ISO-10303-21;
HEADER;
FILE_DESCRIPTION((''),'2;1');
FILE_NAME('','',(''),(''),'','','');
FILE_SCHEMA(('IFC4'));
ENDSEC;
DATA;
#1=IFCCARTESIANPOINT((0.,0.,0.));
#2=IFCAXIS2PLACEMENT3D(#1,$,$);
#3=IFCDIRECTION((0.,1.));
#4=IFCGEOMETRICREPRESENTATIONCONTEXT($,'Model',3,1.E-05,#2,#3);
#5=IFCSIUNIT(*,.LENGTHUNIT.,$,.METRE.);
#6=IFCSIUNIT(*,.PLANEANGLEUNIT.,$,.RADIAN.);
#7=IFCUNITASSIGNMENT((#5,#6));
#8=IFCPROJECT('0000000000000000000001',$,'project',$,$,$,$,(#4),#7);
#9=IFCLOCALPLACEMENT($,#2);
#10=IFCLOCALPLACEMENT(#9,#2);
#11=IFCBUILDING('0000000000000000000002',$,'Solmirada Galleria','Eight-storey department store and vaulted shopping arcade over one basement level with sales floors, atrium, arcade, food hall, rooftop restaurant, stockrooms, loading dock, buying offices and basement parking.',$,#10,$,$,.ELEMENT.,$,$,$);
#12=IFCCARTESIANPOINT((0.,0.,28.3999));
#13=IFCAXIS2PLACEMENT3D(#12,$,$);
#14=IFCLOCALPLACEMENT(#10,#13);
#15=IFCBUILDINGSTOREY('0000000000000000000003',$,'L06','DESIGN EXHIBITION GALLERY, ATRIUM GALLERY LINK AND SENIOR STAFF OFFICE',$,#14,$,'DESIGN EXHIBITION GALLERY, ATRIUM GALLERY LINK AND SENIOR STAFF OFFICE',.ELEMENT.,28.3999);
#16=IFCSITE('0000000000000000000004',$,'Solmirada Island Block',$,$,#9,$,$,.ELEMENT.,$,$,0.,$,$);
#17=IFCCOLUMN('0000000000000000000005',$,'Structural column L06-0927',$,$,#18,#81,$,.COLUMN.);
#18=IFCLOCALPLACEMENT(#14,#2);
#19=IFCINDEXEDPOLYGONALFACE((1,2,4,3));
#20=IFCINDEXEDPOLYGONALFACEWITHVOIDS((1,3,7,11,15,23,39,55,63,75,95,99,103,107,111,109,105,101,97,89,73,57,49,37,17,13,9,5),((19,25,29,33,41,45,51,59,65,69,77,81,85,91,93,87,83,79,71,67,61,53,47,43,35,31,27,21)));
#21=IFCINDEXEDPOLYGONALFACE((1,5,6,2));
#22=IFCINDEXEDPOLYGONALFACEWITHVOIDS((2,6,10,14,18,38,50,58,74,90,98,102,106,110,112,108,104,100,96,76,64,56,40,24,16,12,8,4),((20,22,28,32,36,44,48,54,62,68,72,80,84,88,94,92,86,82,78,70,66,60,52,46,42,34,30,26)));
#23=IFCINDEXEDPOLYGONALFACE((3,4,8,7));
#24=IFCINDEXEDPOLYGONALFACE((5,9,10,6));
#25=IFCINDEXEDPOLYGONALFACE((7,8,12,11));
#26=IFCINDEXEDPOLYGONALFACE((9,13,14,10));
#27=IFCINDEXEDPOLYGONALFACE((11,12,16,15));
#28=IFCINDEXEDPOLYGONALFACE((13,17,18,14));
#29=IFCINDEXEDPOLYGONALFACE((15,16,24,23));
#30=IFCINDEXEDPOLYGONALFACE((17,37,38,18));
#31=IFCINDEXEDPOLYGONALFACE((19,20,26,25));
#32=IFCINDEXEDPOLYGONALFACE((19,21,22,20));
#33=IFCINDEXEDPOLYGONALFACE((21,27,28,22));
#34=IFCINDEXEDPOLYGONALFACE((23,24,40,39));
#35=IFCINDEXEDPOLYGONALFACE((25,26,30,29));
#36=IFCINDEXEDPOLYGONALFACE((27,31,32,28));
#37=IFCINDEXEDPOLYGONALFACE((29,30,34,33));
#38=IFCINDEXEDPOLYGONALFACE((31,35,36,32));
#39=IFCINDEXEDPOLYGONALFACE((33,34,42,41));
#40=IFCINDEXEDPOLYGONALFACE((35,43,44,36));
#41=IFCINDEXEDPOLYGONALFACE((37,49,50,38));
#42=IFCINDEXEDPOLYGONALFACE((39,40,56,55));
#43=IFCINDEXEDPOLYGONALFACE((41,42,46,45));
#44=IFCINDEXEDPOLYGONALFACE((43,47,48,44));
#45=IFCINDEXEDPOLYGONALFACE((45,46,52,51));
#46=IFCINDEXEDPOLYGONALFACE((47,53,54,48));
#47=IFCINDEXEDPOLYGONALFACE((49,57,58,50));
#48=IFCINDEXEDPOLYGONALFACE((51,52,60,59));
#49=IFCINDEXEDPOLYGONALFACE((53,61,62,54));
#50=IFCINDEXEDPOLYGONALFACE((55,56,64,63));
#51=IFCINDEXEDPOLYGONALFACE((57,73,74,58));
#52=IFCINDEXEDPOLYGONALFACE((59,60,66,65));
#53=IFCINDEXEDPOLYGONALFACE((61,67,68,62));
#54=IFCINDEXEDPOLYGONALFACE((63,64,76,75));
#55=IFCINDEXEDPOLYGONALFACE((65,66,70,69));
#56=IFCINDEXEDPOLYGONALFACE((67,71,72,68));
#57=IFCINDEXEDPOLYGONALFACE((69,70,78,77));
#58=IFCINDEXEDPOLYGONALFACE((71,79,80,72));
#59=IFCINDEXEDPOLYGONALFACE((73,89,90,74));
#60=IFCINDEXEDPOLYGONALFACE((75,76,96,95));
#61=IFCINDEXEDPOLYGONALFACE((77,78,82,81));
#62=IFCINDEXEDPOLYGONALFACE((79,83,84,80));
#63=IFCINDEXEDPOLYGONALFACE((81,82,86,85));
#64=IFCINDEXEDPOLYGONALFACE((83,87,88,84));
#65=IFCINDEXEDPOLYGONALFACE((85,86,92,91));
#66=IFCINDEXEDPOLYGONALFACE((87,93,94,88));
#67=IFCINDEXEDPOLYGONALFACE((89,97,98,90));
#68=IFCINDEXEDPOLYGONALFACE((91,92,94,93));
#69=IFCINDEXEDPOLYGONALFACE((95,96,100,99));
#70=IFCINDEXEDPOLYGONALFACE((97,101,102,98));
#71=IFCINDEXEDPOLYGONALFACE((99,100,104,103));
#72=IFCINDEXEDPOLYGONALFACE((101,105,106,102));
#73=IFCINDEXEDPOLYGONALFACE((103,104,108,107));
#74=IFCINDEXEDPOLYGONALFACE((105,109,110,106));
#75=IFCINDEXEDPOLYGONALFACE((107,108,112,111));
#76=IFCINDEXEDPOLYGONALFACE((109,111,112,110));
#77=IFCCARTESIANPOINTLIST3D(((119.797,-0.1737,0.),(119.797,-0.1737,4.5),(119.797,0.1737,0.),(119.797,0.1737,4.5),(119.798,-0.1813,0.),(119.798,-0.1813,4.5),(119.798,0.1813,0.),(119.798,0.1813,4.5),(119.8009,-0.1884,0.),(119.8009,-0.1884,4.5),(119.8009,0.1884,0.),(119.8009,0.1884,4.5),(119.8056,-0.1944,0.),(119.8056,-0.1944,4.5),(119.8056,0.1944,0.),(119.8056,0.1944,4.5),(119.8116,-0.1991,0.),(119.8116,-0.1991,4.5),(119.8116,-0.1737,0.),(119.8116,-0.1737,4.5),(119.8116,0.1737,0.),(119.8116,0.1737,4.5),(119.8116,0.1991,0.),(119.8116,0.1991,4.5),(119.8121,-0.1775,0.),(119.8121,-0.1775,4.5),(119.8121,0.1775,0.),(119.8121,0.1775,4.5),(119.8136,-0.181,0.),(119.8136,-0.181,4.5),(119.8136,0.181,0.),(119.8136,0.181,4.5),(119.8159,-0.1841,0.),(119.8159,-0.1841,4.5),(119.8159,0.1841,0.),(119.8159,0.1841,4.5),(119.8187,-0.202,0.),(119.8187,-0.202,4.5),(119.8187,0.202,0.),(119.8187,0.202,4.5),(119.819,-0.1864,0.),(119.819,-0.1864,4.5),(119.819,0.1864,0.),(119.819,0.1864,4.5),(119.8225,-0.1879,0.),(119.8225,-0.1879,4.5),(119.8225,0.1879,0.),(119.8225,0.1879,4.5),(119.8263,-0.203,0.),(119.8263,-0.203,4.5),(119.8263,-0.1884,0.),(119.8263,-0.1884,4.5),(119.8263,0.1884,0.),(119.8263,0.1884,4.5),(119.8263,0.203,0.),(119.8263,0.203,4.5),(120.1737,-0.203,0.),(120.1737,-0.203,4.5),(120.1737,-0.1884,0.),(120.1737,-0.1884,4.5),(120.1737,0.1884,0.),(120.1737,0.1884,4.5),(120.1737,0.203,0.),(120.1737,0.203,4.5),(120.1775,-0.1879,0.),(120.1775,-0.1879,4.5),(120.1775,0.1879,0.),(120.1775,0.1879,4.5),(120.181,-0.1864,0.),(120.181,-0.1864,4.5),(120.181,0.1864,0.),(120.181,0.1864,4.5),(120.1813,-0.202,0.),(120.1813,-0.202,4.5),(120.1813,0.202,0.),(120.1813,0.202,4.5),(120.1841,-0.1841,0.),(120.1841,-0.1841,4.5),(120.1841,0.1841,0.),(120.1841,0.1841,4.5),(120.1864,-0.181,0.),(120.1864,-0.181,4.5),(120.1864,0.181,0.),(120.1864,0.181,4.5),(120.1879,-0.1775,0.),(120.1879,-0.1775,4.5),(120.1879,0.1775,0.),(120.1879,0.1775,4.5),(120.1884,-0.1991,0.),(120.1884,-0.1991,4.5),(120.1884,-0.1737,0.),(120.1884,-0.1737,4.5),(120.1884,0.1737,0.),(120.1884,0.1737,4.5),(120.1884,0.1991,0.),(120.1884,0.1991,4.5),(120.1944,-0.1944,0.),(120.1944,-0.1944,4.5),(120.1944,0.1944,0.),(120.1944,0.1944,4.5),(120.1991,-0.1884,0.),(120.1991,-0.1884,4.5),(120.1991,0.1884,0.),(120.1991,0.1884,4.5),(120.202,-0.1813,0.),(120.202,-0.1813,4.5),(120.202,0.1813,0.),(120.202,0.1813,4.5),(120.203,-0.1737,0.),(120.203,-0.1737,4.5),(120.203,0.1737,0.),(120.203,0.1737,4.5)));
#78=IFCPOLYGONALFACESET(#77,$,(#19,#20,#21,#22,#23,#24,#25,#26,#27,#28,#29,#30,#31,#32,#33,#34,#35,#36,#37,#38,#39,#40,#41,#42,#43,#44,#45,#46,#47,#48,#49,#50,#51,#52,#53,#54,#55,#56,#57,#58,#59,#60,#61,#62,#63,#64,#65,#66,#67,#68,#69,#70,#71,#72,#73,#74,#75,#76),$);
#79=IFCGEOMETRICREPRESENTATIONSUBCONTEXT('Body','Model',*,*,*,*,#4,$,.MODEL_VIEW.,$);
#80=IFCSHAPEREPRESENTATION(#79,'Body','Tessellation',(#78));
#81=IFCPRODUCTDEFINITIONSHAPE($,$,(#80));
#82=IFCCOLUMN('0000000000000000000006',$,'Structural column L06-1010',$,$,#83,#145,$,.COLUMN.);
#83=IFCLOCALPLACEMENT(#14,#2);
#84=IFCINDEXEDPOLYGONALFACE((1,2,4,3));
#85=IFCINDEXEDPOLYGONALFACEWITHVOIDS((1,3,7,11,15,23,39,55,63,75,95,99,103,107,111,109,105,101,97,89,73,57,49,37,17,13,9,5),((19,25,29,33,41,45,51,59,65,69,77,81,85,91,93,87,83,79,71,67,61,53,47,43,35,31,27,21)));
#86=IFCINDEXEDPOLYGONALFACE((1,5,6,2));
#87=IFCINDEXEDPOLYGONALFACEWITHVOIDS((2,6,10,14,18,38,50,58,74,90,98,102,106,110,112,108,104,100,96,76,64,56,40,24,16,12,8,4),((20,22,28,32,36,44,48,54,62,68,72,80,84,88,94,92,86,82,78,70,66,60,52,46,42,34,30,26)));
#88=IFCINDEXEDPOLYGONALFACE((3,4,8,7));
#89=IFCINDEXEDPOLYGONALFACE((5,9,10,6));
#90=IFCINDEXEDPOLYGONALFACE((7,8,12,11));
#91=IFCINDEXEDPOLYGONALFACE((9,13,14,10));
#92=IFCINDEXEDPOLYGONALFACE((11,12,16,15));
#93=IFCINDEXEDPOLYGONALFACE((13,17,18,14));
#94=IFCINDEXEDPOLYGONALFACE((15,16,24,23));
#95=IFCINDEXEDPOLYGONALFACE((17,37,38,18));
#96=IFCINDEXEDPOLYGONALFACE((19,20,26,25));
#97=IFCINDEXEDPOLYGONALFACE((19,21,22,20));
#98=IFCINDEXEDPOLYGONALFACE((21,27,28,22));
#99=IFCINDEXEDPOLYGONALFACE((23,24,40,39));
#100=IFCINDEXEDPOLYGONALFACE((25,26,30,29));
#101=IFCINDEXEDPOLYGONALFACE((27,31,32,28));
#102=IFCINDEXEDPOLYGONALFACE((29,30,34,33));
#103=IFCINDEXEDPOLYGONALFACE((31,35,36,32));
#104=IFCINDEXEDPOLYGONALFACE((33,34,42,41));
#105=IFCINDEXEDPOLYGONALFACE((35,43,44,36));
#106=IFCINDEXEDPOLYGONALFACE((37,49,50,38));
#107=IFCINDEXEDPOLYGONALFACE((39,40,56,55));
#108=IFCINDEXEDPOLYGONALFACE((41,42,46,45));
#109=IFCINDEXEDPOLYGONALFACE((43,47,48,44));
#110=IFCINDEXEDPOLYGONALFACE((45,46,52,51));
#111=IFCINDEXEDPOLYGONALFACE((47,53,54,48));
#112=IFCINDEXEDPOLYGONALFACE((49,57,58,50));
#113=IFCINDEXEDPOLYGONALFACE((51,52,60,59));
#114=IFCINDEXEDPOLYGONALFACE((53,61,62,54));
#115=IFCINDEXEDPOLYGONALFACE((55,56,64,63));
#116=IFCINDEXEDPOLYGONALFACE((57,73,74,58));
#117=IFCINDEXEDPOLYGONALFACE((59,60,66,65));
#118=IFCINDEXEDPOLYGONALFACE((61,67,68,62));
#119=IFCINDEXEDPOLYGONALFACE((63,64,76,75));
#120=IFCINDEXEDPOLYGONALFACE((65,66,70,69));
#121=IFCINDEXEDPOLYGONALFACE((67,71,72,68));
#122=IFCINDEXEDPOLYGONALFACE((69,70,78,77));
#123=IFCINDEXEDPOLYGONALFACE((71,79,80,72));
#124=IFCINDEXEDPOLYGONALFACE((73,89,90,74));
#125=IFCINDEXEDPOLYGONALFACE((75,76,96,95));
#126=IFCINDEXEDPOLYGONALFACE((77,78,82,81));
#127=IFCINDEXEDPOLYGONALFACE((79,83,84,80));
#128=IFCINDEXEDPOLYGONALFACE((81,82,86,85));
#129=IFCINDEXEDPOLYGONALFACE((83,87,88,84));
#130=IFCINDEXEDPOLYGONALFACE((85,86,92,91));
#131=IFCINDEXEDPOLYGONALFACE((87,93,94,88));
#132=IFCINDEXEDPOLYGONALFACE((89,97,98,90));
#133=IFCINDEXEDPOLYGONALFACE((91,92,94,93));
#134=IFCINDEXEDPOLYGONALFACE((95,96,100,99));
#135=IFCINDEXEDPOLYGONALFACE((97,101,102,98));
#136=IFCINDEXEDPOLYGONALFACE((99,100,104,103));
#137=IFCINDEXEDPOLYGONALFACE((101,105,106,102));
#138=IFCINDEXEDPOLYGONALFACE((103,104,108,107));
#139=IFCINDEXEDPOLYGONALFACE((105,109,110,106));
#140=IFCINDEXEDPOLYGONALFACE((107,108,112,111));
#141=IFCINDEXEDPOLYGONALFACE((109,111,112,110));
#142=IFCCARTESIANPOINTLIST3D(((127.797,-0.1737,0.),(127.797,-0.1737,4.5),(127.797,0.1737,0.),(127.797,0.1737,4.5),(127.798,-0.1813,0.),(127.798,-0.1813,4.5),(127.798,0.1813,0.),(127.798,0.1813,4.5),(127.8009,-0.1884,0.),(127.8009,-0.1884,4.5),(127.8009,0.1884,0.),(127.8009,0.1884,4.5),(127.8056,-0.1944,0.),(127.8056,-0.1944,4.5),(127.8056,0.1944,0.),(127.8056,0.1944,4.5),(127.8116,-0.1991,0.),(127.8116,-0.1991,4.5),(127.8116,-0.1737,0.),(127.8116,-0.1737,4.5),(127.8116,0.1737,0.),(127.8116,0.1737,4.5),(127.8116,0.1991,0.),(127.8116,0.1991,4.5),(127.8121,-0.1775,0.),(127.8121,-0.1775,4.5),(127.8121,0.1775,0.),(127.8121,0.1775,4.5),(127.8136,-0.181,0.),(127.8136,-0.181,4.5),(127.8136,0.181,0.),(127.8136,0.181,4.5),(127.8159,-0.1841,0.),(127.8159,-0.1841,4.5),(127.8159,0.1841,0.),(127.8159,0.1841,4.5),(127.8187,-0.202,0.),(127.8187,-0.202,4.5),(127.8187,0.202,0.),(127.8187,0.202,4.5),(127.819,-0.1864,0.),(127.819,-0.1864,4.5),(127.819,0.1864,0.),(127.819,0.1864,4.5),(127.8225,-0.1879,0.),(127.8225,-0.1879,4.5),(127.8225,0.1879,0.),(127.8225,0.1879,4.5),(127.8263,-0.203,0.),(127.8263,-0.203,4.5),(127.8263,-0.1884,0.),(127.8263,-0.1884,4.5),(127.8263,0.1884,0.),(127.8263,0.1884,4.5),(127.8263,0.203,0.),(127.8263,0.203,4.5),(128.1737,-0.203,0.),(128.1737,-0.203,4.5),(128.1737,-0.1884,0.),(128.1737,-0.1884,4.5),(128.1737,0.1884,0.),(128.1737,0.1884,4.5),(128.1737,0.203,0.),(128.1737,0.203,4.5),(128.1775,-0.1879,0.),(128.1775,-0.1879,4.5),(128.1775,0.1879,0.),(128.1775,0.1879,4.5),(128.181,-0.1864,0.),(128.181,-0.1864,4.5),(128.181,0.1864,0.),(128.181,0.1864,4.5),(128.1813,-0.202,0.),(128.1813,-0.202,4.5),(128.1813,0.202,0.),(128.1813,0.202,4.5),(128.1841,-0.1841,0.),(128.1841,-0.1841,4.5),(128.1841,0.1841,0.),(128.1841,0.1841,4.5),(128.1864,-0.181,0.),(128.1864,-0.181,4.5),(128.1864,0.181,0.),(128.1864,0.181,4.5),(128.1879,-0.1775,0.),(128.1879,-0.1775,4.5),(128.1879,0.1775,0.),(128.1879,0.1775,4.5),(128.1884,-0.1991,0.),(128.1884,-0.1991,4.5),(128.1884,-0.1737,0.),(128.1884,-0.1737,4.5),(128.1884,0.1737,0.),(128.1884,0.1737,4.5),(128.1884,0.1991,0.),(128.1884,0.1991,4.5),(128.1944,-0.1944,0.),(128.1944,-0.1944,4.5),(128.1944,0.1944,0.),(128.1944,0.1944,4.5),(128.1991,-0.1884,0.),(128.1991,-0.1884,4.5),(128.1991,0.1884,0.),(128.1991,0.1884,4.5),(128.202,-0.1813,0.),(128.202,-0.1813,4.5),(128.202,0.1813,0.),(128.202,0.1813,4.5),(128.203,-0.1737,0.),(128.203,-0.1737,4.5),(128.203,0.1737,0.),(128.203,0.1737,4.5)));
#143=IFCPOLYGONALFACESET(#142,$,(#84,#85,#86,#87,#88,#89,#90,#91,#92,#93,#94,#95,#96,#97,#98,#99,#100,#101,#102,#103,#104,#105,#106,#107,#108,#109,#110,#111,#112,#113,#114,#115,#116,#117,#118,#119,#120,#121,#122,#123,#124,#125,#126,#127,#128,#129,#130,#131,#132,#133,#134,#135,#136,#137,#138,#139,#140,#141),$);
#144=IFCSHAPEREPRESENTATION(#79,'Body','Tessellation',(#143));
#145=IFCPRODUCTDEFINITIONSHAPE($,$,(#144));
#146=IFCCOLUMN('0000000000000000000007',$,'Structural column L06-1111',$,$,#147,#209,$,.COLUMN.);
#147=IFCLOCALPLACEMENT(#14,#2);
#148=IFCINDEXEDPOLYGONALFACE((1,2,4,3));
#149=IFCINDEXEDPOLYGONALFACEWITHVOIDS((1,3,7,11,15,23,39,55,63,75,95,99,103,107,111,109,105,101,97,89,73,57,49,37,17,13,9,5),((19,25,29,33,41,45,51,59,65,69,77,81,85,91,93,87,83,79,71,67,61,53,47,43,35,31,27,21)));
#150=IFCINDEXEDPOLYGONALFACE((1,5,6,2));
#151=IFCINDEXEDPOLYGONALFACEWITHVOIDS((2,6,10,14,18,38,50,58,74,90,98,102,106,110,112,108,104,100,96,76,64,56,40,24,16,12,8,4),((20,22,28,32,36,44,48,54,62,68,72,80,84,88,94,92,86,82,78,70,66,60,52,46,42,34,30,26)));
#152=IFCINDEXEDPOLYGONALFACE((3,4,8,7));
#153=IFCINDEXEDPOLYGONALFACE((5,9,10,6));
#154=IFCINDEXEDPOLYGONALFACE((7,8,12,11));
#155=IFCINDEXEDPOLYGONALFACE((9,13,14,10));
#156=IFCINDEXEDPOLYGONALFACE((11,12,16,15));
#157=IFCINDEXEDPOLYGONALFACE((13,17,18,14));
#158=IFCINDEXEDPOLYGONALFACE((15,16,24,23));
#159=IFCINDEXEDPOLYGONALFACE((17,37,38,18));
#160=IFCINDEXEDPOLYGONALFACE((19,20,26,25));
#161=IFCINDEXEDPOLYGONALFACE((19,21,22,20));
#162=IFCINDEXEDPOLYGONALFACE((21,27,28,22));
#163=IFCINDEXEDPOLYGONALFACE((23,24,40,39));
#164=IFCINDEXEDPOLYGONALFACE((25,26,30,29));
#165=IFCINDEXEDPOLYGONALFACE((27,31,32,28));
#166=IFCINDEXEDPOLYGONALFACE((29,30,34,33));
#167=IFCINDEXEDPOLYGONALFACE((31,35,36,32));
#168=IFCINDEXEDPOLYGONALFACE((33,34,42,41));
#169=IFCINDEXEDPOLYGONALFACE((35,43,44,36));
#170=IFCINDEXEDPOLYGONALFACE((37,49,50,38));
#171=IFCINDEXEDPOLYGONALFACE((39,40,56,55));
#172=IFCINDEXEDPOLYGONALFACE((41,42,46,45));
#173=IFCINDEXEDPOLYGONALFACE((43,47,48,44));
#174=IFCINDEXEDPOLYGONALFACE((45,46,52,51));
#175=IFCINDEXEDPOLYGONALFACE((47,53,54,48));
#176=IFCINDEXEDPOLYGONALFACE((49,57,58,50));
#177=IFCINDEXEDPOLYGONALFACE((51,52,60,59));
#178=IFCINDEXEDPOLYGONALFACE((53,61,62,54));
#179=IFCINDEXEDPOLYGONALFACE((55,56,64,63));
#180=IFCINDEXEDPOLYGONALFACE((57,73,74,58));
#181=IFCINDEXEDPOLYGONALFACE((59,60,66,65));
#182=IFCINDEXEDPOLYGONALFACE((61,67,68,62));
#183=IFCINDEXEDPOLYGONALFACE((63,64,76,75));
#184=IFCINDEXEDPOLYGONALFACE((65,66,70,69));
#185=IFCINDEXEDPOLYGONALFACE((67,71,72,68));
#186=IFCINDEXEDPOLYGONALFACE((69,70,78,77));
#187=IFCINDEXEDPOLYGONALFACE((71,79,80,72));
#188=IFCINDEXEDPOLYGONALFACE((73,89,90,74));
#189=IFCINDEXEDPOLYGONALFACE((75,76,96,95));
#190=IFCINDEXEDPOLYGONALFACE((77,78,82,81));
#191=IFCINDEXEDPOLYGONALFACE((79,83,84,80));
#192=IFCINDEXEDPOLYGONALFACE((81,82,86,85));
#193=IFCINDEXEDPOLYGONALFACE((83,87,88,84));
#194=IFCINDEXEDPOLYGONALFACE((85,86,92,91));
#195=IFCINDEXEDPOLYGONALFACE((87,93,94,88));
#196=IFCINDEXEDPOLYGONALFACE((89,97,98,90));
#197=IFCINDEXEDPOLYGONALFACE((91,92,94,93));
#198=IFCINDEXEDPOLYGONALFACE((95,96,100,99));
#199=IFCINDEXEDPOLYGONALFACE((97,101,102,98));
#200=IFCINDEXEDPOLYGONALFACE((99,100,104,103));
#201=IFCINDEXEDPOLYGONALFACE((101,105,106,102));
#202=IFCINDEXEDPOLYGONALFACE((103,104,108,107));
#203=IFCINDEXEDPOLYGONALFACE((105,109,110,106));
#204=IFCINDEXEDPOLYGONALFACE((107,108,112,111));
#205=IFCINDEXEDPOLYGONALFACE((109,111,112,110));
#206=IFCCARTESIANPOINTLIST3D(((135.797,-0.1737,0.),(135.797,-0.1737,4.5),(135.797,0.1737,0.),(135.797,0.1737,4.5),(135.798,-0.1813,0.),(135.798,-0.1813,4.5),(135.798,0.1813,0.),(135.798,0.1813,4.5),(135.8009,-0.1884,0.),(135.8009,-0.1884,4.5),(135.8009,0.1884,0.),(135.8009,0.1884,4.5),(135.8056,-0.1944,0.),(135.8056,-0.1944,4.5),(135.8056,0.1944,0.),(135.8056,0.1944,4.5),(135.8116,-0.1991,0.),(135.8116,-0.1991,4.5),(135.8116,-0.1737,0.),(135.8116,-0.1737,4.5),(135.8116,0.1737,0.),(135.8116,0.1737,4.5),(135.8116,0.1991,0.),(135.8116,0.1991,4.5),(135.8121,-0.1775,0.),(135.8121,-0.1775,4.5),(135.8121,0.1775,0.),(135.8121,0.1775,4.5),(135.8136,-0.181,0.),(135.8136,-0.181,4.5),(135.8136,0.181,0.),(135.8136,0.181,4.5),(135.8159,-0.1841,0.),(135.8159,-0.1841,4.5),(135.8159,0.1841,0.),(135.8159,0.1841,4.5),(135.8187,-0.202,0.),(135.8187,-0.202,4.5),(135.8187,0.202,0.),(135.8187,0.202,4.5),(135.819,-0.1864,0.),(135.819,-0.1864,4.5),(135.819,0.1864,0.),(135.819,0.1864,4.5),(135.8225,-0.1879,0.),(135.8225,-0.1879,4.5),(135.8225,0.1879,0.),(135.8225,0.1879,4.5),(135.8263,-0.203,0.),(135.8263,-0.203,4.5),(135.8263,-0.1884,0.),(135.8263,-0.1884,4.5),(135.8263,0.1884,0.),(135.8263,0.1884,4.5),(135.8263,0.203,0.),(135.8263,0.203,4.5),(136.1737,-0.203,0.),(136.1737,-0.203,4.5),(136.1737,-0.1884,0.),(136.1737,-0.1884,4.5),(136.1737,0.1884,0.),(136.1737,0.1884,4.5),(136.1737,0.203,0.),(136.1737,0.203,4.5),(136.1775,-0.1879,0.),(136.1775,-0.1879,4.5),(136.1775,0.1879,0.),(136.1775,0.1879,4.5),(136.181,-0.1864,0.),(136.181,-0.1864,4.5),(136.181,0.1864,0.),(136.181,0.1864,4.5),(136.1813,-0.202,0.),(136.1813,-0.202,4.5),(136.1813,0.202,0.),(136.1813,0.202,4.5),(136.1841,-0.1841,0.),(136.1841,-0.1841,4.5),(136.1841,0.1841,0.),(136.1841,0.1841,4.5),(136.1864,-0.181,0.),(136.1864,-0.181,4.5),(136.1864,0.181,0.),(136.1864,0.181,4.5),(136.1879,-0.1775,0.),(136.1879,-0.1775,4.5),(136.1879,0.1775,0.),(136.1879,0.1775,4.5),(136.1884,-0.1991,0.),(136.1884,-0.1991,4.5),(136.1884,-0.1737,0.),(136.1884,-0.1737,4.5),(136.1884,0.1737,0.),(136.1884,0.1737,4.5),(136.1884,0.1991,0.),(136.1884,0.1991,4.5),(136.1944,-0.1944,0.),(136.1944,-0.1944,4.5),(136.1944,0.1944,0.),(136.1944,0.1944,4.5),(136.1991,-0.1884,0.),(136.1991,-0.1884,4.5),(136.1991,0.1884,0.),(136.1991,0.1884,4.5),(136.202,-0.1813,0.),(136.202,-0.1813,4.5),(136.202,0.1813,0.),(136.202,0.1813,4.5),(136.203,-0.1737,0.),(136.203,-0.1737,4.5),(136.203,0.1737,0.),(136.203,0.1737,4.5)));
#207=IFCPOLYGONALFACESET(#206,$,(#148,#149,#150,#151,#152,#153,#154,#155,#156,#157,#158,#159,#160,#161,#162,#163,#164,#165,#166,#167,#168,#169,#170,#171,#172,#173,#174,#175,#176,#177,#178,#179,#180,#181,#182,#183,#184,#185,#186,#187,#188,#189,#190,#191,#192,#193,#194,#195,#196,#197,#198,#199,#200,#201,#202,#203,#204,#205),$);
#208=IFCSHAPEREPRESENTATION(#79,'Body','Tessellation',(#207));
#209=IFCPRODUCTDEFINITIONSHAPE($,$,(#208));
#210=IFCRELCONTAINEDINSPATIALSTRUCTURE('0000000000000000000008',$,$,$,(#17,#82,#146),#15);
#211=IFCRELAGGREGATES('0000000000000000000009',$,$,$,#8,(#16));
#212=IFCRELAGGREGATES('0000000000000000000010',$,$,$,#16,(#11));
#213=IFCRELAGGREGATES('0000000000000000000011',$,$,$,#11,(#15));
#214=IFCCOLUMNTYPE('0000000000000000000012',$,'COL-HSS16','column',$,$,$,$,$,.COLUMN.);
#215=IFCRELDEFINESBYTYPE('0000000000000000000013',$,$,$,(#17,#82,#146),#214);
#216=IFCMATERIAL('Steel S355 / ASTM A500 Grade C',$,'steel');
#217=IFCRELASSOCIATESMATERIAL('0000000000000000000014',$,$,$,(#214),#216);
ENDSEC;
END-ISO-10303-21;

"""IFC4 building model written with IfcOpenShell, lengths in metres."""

from ifc_helpers import new_model, si_unit, direction, frame, origin, origin_2d, place, context, subcontext, project, spatial, hollow_rectangle, extrude, material, material_profile, profile_set, type_object, element, save


model = new_model("IFC4")

# Units and contexts
model_context = context("Model", 3, precision=1e-05, world=origin(), true_north=direction((0.0, 1.0)))
body_context = subcontext(model_context, "Body", "Model", "MODEL_VIEW")
ifc_project = project(units=[si_unit("LENGTHUNIT", "METRE"), si_unit("PLANEANGLEUNIT", "RADIAN")], contexts=[model_context])

# Site, building, storey
site_placement = place(None, origin())
site = spatial("IfcSite", under=ifc_project, at=site_placement, Name="Solmirada Island Block", CompositionType="ELEMENT", RefElevation=0.0)
building_placement = place(site_placement, origin())
building = spatial("IfcBuilding", under=site, at=building_placement, Name="Solmirada Galleria", Description="Eight-storey department store and vaulted shopping arcade over one basement level with sales floors, atrium, arcade, food hall, rooftop restaurant, stockrooms, loading dock, buying offices and basement parking.", CompositionType="ELEMENT")
storey_placement = place(building_placement, frame((0.0, 0.0, 28.3999)))
storey = spatial("IfcBuildingStorey", under=building, at=storey_placement, Name="L06", Description="DESIGN EXHIBITION GALLERY, ATRIUM GALLERY LINK AND SENIOR STAFF OFFICE", LongName="DESIGN EXHIBITION GALLERY, ATRIUM GALLERY LINK AND SENIOR STAFF OFFICE", CompositionType="ELEMENT", Elevation=28.3999)

# Columns
ifc_material_1 = material(Name="Steel S355 / ASTM A500 Grade C", Category="steel")
ifc_material_profile_1 = material_profile(ifc_material_1, hollow_rectangle(XDim=0.406, YDim=0.406, WallThickness=0.0146, InnerFilletRadius=0.0146, OuterFilletRadius=0.0293, at=origin_2d()), Name="HSS16X16X5/8")
ifc_profile_set_1 = profile_set([ifc_material_profile_1], Name="Steel S355 / ASTM A500 Grade C")
column_type_1 = type_object("IfcColumnType", Name="COL-HSS16", Description="column", PredefinedType="COLUMN", material=ifc_profile_set_1)
for number, where, z_axis, x_axis, name in (
    (1, (120.0, 0.0, 0.0), (0.0, 0.0, 1.0), (1.0, 0.0, 0.0), "Structural column L06-0927"),
    (2, (128.0, 0.0, 0.0), (0.0, 0.0, 1.0), (1.0, 0.0, 0.0), "Structural column L06-1010"),
    (3, (136.0, 0.0, 0.0), (0.0, 0.0, 1.0), (1.0, 0.0, 0.0), "Structural column L06-1111"),
):
    element("IfcColumn", number, at=place(storey_placement, frame(where, z_axis=z_axis, x_axis=x_axis)), inside=storey, type_object=column_type_1, Name=name, PredefinedType="COLUMN", context=body_context, shape_type="SweptSolid", body=[
        extrude(hollow_rectangle(XDim=0.406, YDim=0.406, WallThickness=0.0146, InnerFilletRadius=0.0146, OuterFilletRadius=0.0293, at=origin_2d()), origin(), (0.0, 0.0, 1.0), 4.5),
    ])

save(model, "model.ifc")
